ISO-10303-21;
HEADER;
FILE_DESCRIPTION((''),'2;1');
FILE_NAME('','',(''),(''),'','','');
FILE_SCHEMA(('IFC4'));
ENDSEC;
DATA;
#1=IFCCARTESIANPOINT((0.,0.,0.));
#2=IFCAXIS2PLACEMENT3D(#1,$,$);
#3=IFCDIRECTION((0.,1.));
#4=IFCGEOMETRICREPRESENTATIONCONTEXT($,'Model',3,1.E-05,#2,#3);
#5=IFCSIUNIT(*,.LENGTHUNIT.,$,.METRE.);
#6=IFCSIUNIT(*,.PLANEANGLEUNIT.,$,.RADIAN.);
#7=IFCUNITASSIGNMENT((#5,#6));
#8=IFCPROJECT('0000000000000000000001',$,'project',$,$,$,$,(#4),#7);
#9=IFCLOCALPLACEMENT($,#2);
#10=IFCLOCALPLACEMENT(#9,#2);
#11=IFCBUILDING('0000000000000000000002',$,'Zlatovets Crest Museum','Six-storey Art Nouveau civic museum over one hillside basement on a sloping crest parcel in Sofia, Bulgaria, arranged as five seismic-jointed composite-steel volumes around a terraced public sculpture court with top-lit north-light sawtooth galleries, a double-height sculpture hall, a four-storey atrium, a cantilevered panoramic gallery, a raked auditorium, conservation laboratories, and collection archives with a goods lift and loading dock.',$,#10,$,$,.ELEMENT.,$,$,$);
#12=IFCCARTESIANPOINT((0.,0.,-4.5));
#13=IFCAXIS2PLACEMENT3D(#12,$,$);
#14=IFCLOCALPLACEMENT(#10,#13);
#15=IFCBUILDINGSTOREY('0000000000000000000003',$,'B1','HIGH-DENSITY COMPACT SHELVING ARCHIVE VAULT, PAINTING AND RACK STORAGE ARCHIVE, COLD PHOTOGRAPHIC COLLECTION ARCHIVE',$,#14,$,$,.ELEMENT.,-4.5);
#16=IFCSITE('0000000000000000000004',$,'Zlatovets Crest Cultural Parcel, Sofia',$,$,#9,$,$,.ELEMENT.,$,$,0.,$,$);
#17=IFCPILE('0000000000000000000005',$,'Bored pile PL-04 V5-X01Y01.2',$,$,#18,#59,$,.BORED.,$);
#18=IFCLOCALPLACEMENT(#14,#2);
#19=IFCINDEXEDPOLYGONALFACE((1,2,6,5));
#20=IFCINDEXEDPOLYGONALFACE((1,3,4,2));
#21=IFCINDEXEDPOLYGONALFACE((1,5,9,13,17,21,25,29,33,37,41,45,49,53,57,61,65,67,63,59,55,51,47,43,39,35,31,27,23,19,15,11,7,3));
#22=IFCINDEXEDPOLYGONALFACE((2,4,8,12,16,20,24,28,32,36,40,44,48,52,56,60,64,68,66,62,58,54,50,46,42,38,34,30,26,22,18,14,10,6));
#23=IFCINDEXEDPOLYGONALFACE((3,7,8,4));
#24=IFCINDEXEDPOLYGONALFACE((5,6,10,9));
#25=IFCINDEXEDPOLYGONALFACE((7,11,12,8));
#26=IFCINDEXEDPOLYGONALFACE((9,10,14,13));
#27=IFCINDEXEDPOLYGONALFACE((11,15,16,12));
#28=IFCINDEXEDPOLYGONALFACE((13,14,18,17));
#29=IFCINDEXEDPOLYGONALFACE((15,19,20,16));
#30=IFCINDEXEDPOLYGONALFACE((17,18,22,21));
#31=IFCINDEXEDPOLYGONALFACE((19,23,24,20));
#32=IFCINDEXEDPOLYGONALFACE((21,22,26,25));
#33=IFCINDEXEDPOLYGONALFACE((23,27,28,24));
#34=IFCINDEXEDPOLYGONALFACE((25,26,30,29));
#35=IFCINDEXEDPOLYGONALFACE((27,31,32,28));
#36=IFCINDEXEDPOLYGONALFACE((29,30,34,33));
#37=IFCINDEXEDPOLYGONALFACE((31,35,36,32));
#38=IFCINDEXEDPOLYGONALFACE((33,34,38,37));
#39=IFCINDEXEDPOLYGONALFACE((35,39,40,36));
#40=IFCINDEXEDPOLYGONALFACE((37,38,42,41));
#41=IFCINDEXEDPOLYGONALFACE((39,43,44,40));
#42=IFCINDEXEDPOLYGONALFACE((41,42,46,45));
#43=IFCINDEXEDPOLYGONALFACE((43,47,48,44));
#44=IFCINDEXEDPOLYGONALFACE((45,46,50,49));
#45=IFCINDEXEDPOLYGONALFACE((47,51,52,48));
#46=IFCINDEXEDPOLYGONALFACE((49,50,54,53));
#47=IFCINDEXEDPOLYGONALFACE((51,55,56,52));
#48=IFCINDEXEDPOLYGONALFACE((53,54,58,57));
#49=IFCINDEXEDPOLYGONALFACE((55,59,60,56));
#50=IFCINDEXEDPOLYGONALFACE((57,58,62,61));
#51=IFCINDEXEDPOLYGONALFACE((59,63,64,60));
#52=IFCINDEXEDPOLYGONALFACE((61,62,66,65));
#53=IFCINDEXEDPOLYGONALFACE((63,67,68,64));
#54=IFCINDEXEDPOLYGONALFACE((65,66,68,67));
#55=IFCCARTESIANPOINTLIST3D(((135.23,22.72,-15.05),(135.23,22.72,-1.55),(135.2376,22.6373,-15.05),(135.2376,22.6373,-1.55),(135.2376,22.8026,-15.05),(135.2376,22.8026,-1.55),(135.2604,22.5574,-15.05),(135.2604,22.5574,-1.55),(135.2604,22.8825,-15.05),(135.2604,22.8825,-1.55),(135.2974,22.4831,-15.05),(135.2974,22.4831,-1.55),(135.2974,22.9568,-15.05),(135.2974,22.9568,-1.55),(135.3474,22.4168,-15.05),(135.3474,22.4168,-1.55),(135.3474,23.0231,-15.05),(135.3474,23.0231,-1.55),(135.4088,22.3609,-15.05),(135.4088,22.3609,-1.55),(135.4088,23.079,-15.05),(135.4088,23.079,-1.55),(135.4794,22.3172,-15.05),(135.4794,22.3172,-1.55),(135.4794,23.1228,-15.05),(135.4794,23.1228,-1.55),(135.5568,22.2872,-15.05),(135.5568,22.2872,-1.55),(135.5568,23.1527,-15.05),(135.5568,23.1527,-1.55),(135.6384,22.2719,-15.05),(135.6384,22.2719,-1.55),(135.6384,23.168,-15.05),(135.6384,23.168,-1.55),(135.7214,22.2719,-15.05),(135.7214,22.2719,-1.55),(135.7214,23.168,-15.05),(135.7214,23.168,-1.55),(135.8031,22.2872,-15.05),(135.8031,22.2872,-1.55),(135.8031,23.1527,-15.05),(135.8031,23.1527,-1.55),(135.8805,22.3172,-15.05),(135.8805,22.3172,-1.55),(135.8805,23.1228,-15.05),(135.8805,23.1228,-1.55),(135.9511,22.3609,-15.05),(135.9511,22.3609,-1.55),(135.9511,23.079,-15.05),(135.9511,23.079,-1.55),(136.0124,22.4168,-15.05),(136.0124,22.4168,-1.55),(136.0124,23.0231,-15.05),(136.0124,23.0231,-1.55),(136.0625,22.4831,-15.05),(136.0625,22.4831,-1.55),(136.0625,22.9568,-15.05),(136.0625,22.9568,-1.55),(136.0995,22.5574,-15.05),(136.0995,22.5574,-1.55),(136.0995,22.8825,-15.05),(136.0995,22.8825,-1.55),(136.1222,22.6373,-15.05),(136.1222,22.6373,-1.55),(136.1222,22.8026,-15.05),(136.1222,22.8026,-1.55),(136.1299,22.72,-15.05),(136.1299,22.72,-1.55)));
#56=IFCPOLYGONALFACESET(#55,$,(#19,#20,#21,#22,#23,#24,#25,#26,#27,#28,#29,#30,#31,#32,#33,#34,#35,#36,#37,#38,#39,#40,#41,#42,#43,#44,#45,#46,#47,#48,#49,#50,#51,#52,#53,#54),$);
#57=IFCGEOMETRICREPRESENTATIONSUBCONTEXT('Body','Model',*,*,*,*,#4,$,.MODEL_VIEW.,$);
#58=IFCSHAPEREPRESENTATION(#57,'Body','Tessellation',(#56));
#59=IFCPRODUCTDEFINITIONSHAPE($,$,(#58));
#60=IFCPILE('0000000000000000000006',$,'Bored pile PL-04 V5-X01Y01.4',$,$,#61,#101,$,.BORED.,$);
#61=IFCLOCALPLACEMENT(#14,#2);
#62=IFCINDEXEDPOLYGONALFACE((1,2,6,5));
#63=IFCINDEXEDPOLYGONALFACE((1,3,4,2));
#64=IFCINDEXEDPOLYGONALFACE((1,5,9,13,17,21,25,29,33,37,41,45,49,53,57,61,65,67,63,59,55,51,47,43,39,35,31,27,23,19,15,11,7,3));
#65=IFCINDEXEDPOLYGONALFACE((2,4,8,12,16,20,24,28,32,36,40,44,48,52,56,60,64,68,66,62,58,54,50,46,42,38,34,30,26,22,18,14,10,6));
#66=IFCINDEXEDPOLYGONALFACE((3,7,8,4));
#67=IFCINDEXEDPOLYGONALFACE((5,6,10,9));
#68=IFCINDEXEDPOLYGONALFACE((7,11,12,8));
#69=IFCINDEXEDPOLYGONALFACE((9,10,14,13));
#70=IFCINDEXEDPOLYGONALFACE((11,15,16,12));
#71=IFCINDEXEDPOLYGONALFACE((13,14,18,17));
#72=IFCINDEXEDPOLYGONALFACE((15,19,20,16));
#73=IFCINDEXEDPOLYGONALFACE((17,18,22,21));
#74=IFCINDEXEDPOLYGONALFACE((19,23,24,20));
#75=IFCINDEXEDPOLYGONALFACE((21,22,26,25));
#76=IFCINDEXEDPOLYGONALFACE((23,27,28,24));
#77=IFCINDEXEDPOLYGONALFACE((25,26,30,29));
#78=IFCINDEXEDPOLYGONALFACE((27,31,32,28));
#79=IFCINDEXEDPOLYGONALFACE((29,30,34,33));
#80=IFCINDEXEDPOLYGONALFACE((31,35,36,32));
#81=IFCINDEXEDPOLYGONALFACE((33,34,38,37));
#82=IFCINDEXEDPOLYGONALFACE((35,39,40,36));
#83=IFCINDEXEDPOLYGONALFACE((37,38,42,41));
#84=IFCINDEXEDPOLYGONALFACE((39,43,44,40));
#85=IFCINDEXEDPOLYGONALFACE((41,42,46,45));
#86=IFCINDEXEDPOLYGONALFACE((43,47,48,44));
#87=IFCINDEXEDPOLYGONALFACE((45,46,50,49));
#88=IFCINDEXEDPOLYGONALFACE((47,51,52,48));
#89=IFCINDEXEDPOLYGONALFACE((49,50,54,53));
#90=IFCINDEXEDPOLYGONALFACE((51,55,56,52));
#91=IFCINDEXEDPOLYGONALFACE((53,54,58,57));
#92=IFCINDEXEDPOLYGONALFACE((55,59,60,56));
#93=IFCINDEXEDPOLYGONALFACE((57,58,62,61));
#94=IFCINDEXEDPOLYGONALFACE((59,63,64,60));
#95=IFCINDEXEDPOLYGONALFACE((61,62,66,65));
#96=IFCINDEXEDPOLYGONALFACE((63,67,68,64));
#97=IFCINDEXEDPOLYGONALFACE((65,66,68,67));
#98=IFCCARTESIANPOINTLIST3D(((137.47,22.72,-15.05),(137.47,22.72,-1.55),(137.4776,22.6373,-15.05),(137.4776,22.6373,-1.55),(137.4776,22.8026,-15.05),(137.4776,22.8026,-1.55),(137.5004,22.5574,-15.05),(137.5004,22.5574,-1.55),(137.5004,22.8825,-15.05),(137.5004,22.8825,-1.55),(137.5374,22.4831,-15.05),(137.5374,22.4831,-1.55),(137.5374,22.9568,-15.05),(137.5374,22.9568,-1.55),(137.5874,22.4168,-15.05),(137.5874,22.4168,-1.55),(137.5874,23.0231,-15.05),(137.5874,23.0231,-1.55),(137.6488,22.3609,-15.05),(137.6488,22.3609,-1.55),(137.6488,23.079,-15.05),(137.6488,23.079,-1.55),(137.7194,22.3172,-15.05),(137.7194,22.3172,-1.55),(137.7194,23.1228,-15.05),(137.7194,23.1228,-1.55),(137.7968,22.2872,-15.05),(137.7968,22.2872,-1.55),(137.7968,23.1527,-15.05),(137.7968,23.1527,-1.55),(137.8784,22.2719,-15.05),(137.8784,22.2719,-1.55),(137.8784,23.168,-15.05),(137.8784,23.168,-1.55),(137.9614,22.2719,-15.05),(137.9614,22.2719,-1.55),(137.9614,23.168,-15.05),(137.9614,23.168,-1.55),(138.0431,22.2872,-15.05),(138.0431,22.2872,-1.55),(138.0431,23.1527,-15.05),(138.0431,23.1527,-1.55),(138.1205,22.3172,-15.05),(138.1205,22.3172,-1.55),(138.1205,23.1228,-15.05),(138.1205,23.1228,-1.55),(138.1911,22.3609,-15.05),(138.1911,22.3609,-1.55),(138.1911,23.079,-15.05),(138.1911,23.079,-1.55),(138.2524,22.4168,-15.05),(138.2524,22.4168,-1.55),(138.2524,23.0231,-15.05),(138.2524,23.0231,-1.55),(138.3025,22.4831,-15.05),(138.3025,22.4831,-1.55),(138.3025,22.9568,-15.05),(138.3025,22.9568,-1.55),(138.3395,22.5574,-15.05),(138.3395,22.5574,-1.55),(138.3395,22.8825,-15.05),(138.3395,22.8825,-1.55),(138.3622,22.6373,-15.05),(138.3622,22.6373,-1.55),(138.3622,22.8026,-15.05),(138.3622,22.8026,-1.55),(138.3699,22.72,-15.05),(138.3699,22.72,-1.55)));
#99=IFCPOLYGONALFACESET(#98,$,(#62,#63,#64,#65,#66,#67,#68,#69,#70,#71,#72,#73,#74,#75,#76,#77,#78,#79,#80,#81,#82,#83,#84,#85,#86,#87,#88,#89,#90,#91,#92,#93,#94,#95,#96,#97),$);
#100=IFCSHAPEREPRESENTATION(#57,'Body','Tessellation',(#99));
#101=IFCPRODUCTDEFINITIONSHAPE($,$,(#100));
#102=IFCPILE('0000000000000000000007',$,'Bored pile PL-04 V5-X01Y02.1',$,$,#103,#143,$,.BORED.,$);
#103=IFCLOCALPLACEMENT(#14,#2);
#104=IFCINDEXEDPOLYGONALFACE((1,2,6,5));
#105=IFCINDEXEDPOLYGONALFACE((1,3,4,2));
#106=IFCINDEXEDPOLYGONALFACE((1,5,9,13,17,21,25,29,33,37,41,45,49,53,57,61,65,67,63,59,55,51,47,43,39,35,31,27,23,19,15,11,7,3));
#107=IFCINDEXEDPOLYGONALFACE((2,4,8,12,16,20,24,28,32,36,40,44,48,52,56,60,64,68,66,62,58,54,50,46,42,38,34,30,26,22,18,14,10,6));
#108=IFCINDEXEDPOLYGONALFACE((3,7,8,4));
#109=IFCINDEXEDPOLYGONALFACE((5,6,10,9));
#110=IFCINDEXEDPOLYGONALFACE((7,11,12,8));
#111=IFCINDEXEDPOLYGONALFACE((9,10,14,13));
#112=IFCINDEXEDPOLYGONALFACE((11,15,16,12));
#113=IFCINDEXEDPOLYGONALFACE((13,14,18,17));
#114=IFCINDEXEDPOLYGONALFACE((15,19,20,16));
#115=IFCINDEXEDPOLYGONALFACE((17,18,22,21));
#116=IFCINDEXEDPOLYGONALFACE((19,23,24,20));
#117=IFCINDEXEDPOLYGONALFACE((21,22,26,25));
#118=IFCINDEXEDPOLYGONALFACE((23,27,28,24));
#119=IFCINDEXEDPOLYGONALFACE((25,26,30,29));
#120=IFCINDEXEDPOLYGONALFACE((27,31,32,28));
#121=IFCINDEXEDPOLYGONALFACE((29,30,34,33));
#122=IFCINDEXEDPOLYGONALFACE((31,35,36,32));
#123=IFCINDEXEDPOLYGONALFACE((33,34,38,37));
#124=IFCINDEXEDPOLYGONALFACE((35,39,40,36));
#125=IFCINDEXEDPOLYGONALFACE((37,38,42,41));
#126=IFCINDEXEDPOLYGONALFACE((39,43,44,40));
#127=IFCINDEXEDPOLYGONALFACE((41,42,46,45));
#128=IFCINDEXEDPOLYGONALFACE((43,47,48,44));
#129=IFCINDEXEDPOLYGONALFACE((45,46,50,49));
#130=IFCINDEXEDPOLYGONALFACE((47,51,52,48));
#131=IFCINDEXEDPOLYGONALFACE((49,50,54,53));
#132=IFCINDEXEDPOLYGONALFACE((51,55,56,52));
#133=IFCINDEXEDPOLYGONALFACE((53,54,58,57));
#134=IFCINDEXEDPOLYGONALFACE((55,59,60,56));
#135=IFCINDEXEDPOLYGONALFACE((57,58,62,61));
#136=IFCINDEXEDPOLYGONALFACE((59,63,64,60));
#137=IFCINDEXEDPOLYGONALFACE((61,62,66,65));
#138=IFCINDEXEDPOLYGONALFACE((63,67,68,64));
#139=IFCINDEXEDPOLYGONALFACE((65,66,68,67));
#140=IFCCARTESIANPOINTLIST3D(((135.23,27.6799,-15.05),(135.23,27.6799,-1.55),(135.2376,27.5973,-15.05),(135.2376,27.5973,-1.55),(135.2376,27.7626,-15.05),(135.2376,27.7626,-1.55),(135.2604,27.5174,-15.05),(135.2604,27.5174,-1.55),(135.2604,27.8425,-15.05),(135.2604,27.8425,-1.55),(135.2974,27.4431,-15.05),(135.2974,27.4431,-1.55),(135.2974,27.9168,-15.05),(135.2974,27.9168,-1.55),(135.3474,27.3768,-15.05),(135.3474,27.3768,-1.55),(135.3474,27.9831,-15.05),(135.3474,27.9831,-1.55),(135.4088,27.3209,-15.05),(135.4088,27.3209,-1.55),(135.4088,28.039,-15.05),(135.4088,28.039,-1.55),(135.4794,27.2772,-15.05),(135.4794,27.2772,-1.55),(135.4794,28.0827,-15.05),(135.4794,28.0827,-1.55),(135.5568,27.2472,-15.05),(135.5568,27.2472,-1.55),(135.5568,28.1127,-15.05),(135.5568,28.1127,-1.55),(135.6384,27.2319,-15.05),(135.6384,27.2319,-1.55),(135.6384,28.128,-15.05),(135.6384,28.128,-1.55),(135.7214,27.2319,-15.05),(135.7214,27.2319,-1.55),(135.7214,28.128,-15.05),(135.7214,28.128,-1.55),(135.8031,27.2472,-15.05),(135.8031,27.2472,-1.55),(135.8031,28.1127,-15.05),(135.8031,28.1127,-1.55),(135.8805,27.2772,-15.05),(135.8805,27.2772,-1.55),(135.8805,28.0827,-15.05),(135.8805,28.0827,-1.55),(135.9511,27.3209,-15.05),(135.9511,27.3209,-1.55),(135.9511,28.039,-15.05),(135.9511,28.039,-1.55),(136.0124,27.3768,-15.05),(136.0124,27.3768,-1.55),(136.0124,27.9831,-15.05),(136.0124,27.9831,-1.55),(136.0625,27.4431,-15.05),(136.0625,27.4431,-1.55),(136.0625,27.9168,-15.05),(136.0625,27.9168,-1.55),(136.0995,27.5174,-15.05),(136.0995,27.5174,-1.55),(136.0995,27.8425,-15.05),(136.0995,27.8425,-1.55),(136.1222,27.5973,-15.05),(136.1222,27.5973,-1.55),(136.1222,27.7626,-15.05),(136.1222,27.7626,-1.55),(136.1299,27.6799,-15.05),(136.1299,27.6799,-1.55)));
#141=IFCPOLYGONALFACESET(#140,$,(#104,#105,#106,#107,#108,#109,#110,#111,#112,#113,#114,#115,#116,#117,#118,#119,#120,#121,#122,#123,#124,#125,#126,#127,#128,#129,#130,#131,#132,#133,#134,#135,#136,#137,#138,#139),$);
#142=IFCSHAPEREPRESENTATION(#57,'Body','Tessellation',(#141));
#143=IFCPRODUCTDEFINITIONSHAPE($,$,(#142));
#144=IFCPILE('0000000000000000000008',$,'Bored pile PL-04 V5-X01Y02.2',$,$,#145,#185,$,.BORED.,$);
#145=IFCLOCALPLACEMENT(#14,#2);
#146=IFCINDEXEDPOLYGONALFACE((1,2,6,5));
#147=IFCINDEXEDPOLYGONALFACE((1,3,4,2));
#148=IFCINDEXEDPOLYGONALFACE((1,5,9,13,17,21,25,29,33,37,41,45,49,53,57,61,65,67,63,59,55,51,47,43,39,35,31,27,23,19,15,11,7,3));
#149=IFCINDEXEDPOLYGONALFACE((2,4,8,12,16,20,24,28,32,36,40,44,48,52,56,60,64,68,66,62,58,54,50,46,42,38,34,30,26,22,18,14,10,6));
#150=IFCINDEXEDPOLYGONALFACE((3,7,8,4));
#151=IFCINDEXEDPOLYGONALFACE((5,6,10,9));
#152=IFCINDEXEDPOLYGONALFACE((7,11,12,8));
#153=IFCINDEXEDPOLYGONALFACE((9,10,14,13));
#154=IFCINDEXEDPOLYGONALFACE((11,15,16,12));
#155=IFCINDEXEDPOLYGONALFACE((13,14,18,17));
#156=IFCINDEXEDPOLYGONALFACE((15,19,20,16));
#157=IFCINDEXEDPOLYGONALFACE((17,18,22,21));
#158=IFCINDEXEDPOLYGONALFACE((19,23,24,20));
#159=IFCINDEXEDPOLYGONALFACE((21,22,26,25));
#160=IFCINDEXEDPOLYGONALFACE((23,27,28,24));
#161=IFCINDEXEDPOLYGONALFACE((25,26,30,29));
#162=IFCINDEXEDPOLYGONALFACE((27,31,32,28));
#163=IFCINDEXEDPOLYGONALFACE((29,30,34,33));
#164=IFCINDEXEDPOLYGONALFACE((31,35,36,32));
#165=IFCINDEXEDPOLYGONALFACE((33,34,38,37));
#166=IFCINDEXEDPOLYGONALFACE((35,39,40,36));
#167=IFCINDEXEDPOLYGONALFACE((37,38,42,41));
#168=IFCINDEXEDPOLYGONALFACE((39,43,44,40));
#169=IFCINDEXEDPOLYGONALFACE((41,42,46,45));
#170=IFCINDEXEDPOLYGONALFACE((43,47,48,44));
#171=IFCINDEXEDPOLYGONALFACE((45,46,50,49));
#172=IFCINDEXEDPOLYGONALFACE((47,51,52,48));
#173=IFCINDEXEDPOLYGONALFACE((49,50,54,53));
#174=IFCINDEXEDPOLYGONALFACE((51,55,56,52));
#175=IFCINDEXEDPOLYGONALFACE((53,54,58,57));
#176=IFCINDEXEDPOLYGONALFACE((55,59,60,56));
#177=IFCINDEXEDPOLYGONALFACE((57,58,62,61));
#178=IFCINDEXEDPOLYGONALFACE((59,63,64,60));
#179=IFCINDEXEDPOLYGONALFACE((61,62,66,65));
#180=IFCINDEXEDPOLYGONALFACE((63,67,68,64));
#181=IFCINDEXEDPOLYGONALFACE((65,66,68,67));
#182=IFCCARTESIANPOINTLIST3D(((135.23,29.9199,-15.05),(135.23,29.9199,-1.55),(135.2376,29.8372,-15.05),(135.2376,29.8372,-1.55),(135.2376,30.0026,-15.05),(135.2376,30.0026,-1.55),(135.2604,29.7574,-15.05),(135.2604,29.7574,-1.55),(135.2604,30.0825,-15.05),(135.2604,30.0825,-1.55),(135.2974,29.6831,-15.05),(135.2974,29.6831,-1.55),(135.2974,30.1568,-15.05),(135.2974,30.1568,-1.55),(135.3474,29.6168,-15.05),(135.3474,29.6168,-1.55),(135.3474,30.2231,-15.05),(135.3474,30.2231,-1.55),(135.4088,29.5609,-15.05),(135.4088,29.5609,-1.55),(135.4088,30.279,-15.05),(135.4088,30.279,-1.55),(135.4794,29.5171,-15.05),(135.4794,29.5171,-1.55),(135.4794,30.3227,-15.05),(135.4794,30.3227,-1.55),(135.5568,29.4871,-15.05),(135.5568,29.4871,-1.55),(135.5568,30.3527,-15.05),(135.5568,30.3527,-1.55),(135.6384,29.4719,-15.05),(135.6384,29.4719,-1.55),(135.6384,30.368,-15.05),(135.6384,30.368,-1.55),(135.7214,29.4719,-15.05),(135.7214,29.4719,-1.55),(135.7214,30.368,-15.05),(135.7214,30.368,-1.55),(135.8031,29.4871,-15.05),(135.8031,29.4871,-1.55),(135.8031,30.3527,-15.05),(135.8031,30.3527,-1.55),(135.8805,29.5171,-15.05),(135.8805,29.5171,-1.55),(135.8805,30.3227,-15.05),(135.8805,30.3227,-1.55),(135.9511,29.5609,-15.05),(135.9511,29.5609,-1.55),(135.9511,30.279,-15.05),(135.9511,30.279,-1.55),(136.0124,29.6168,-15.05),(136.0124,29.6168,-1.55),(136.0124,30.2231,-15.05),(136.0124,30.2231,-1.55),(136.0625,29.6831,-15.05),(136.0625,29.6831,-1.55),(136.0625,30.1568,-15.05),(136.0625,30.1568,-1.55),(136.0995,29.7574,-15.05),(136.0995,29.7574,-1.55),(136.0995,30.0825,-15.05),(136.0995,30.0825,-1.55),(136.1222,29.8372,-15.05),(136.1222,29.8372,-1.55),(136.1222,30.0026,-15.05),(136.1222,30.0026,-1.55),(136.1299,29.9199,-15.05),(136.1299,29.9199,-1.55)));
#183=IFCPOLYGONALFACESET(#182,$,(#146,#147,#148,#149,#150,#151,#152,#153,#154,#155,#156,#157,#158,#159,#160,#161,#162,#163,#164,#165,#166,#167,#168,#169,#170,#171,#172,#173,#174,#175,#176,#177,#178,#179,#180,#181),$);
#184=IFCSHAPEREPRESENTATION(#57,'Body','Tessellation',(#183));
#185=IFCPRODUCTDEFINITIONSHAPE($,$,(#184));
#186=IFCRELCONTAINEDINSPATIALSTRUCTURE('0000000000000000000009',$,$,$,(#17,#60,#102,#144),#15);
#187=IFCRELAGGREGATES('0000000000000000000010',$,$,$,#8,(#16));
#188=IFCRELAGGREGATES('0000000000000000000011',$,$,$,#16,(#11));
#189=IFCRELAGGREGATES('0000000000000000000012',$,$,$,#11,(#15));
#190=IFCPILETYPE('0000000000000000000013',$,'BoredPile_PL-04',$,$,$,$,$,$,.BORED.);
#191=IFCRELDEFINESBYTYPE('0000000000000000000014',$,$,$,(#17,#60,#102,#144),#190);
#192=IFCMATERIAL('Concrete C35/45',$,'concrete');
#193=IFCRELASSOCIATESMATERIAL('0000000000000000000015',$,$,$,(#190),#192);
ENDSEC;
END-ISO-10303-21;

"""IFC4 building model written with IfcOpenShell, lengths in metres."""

from ifc_helpers import new_model, si_unit, direction, frame, origin, origin_2d, place, context, subcontext, project, spatial, circle, extrude, material, material_profile, profile_set, type_object, element, save


model = new_model("IFC4")

# Units and contexts
model_context = context("Model", 3, precision=1e-05, world=origin(), true_north=direction((0.0, 1.0)))
body_context = subcontext(model_context, "Body", "Model", "MODEL_VIEW")
ifc_project = project(units=[si_unit("LENGTHUNIT", "METRE"), si_unit("PLANEANGLEUNIT", "RADIAN")], contexts=[model_context])

# Site, building, storey
site_placement = place(None, origin())
site = spatial("IfcSite", under=ifc_project, at=site_placement, Name="Zlatovets Crest Cultural Parcel, Sofia", CompositionType="ELEMENT", RefElevation=0.0)
building_placement = place(site_placement, origin())
building = spatial("IfcBuilding", under=site, at=building_placement, Name="Zlatovets Crest Museum", Description="Six-storey Art Nouveau civic museum over one hillside basement on a sloping crest parcel in Sofia, Bulgaria, arranged as five seismic-jointed composite-steel volumes around a terraced public sculpture court with top-lit north-light sawtooth galleries, a double-height sculpture hall, a four-storey atrium, a cantilevered panoramic gallery, a raked auditorium, conservation laboratories, and collection archives with a goods lift and loading dock.", CompositionType="ELEMENT")
storey_placement = place(building_placement, frame((0.0, 0.0, -4.5)))
storey = spatial("IfcBuildingStorey", under=building, at=storey_placement, Name="B1", Description="HIGH-DENSITY COMPACT SHELVING ARCHIVE VAULT, PAINTING AND RACK STORAGE ARCHIVE, COLD PHOTOGRAPHIC COLLECTION ARCHIVE", CompositionType="ELEMENT", Elevation=-4.5)

# Piles
ifc_material = material(Name="Concrete C35/45", Category="concrete")
ifc_material_profile_1 = material_profile(ifc_material, circle(Radius=0.45, at=origin_2d()), Name="PILE D900")
ifc_profile_set_1 = profile_set([ifc_material_profile_1], Name="Concrete C35/45")
pile_type = type_object("IfcPileType", Name="BoredPile_PL-04", PredefinedType="BORED", material=ifc_profile_set_1)
for number, where, z_axis, x_axis, name in (
    (1, (135.6799, 22.72, -1.55), (0.0, 0.0, -1.0), (1.0, 0.0, 0.0), "Bored pile PL-04 V5-X01Y01.2"),
    (2, (137.9199, 22.72, -1.55), (0.0, 0.0, -1.0), (1.0, 0.0, 0.0), "Bored pile PL-04 V5-X01Y01.4"),
    (3, (135.6799, 27.6799, -1.55), (0.0, 0.0, -1.0), (1.0, 0.0, 0.0), "Bored pile PL-04 V5-X01Y02.1"),
    (4, (135.6799, 29.9199, -1.55), (0.0, 0.0, -1.0), (1.0, 0.0, 0.0), "Bored pile PL-04 V5-X01Y02.2"),
):
    element("IfcPile", number, at=place(storey_placement, frame(where, z_axis=z_axis, x_axis=x_axis)), inside=storey, type_object=pile_type, Name=name, PredefinedType="BORED", context=body_context, shape_type="SweptSolid", body=[
        extrude(circle(Radius=0.45, at=origin_2d()), origin(), (0.0, 0.0, 1.0), 13.5),
    ])

save(model, "model.ifc")
